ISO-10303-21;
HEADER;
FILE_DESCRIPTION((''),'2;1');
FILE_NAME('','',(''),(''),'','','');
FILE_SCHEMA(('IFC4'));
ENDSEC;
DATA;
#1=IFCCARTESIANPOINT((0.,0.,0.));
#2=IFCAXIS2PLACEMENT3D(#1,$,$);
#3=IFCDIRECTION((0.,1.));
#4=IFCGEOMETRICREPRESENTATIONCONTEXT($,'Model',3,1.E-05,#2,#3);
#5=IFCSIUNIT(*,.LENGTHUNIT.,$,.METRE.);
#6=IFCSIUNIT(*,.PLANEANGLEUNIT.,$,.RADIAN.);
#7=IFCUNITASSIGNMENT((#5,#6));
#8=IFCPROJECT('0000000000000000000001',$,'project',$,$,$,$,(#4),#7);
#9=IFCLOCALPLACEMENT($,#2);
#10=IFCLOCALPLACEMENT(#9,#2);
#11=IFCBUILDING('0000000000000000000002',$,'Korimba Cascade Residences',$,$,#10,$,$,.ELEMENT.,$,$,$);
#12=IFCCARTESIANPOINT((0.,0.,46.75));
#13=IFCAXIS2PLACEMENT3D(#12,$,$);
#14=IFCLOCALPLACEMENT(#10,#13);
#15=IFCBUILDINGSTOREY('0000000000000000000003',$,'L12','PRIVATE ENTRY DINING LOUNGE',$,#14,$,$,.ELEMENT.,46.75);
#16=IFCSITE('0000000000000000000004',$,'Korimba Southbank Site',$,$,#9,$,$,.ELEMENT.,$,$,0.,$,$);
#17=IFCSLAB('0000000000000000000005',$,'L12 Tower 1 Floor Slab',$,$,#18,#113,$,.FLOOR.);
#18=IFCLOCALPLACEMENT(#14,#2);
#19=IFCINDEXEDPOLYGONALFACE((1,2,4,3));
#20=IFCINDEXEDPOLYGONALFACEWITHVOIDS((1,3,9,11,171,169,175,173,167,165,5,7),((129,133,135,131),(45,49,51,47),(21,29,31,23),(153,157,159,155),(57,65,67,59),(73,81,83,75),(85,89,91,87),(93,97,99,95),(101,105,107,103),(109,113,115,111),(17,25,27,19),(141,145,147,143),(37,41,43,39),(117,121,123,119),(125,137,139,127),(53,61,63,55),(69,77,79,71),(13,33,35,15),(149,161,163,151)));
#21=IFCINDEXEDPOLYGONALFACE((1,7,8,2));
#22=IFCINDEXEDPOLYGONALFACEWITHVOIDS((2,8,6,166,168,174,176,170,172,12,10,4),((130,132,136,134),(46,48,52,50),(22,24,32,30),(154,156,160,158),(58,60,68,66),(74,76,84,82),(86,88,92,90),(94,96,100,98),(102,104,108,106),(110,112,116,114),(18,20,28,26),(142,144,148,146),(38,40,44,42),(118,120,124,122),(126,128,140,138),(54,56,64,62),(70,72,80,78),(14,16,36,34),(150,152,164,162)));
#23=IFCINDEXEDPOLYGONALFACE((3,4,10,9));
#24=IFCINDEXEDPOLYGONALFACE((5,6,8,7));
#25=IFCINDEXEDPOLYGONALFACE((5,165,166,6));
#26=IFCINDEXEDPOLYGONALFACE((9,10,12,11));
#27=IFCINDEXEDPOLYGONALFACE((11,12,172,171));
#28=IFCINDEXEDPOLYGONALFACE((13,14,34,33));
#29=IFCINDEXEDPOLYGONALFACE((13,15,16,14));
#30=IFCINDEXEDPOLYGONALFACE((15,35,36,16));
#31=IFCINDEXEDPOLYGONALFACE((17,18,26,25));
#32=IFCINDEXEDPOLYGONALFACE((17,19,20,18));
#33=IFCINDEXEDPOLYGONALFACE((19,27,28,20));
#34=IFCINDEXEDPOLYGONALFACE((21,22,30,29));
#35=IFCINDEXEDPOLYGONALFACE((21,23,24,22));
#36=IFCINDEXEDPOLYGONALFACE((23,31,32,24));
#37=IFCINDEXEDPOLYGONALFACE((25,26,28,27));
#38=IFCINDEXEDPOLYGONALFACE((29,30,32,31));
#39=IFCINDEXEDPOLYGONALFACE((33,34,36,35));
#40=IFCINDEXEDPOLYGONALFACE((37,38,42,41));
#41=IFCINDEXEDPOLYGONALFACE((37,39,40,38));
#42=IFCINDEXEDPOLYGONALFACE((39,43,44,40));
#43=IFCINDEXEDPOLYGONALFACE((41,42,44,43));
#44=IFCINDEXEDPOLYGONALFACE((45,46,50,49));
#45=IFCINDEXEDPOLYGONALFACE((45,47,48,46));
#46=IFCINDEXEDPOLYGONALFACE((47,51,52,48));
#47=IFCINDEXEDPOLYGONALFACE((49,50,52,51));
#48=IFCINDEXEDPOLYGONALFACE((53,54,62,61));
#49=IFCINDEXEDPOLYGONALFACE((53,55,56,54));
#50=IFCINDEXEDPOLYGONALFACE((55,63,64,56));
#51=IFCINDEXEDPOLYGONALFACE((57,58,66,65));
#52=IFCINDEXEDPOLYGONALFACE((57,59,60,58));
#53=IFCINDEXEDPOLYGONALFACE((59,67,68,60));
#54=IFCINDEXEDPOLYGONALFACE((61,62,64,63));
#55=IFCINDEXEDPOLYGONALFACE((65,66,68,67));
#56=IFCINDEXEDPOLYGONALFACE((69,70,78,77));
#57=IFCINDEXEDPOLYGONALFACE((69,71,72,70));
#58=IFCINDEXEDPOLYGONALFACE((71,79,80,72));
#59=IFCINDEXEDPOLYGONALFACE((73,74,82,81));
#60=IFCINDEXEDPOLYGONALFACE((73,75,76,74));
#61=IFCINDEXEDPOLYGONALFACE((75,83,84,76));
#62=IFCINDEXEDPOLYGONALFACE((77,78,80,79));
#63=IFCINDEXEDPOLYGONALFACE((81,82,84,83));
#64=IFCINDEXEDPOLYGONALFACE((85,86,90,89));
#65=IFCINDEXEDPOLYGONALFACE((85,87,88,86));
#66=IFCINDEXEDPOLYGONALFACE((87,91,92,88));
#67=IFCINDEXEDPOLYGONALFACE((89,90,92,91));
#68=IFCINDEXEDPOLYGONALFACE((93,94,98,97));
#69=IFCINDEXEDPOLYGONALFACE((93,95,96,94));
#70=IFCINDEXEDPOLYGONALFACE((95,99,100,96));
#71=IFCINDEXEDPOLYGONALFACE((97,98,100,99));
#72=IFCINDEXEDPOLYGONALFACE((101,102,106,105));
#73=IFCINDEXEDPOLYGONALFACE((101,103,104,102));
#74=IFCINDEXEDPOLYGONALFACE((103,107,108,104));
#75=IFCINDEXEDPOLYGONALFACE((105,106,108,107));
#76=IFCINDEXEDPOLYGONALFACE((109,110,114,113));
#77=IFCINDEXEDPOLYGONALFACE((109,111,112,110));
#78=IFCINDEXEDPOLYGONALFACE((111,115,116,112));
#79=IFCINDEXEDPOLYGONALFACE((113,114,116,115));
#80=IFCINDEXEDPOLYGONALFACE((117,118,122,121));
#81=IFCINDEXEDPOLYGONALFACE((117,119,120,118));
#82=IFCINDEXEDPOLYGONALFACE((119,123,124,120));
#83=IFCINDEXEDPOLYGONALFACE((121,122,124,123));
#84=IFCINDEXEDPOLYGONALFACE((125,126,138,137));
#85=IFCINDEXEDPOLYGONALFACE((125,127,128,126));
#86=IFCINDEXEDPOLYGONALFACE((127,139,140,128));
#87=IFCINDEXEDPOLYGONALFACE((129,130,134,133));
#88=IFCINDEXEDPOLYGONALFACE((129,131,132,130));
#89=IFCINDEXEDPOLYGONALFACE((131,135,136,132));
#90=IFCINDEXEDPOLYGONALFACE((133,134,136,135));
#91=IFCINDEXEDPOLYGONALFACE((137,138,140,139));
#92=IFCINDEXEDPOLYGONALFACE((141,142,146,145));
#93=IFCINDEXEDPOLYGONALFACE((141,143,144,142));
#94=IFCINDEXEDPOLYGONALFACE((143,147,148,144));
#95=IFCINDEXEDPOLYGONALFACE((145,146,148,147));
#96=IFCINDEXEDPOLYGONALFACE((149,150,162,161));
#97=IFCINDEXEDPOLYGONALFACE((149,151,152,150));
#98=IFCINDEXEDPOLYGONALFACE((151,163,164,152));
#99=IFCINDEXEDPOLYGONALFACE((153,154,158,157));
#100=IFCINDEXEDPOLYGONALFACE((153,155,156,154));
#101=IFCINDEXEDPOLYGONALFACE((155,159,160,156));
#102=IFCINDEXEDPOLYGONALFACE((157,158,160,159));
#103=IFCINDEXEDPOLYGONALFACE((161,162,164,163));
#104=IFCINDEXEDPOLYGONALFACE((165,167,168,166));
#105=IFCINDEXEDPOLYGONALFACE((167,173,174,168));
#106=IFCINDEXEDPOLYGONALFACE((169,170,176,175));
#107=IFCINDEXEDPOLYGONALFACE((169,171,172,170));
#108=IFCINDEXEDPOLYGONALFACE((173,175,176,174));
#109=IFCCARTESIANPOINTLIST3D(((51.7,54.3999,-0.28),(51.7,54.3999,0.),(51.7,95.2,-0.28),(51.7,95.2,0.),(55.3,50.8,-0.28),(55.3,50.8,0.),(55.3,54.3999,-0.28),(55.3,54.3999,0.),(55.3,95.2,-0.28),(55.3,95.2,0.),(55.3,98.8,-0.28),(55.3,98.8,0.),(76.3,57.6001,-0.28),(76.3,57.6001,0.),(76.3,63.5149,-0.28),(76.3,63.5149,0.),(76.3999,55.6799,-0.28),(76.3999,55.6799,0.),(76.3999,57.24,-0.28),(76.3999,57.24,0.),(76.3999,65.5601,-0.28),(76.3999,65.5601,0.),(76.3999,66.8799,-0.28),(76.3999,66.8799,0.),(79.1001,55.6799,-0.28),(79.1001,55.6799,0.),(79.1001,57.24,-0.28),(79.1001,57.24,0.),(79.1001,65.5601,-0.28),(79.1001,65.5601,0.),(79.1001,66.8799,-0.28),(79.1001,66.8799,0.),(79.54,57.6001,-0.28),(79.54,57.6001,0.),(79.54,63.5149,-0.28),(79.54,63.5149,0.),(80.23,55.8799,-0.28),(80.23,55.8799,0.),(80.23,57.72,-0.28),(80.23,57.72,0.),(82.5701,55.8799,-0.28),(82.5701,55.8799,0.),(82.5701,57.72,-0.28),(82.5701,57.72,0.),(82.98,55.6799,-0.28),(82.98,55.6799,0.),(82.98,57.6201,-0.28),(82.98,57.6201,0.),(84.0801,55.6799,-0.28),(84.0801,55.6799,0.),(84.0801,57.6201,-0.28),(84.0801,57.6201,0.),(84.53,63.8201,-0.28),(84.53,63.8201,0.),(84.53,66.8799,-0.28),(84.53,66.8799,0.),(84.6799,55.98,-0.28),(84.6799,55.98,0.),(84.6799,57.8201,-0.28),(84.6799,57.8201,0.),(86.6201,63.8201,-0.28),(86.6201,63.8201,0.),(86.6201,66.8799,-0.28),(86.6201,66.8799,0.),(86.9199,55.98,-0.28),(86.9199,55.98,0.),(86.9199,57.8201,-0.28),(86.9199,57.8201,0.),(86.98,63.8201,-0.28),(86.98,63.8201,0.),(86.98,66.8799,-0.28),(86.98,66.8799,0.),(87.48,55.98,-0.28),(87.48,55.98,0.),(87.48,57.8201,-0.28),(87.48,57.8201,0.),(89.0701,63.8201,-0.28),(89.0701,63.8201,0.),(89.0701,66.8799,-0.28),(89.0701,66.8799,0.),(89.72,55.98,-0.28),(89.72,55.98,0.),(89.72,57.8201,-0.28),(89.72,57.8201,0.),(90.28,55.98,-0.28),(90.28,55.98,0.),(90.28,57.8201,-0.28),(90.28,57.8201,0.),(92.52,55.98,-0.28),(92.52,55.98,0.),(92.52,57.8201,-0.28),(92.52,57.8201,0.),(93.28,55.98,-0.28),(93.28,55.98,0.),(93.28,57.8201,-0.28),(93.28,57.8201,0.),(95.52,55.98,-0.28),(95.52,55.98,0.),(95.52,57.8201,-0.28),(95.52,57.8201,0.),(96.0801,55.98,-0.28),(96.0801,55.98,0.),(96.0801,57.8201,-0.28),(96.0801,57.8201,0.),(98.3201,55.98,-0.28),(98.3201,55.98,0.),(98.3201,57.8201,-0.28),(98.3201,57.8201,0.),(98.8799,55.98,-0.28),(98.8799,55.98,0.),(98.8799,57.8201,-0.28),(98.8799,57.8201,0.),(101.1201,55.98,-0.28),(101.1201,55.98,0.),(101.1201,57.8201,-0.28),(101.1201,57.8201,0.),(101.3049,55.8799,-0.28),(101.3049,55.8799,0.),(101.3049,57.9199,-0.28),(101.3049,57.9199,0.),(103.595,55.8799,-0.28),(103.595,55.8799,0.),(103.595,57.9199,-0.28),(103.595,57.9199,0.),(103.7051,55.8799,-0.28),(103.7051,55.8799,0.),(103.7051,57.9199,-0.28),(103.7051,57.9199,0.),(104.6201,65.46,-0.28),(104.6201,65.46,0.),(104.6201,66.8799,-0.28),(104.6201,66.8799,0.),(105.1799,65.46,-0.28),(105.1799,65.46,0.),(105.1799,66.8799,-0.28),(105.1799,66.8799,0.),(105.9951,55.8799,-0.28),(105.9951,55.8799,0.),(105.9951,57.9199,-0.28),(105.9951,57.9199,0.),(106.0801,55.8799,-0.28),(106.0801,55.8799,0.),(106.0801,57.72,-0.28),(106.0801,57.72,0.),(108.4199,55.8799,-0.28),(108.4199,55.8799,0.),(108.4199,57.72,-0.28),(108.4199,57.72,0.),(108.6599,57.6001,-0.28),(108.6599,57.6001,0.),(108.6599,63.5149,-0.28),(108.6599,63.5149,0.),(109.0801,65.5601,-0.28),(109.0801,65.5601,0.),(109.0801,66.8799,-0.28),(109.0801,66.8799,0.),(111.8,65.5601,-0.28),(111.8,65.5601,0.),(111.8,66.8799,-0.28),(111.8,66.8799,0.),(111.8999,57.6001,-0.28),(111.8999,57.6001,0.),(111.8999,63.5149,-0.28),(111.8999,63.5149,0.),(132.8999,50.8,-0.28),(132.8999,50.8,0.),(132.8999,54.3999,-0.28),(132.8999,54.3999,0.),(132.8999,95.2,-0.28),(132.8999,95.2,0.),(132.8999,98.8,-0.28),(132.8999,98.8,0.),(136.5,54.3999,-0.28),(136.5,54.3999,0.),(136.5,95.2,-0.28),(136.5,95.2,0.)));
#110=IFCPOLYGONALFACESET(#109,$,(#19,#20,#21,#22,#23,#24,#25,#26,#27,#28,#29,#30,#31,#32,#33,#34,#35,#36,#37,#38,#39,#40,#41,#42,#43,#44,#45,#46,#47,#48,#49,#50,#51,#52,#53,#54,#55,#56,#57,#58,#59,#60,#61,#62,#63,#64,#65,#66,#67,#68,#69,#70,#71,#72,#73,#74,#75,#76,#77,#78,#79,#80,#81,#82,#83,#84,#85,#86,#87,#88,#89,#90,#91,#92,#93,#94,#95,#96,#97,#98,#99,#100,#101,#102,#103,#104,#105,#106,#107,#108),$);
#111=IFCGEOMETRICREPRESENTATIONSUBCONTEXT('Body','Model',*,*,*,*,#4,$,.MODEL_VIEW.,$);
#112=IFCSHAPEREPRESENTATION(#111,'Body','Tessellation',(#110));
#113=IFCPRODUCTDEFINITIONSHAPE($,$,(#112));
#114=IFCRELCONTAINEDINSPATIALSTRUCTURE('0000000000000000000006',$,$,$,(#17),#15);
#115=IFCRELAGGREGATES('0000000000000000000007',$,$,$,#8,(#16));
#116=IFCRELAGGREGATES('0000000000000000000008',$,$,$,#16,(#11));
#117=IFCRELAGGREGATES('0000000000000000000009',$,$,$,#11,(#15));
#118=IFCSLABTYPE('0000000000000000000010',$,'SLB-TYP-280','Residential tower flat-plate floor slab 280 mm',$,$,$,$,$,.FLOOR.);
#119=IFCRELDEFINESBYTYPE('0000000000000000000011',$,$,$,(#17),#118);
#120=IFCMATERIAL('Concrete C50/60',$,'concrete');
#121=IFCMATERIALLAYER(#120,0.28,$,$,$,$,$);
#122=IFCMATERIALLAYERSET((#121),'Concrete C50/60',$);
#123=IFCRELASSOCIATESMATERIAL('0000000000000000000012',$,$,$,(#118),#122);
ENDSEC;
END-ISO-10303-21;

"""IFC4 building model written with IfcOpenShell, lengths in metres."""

from ifc_helpers import new_model, si_unit, direction, frame, origin, place, context, subcontext, project, spatial, polyline, outline, extrude, material, layer, layer_set, type_object, element, save


model = new_model("IFC4")

# Units and contexts
model_context = context("Model", 3, precision=1e-05, world=origin(), true_north=direction((0.0, 1.0)))
body_context = subcontext(model_context, "Body", "Model", "MODEL_VIEW")
ifc_project = project(units=[si_unit("LENGTHUNIT", "METRE"), si_unit("PLANEANGLEUNIT", "RADIAN")], contexts=[model_context])

# Site, building, storey
site_placement = place(None, origin())
site = spatial("IfcSite", under=ifc_project, at=site_placement, Name="Korimba Southbank Site", CompositionType="ELEMENT", RefElevation=0.0)
building_placement = place(site_placement, origin())
building = spatial("IfcBuilding", under=site, at=building_placement, Name="Korimba Cascade Residences", CompositionType="ELEMENT")
storey_placement = place(building_placement, frame((0.0, 0.0, 46.75)))
storey = spatial("IfcBuildingStorey", under=building, at=storey_placement, Name="L12", Description="PRIVATE ENTRY DINING LOUNGE", CompositionType="ELEMENT", Elevation=46.75)

# Shared definitions
ifc_material_1 = material(Name="Concrete C50/60", Category="concrete")

# Slab
ifc_layer_1 = layer(ifc_material_1, 0.28)
ifc_layer_set_1 = layer_set([ifc_layer_1], Name="Concrete C50/60")
slab_type_1 = type_object("IfcSlabType", Name="SLB-TYP-280", Description="Residential tower flat-plate floor slab 280 mm", PredefinedType="FLOOR", material=ifc_layer_set_1)
slab_1_placement = place(storey_placement, frame((0.0, 0.0, -0.28)))
element("IfcSlab", 1, at=slab_1_placement, inside=storey, type_object=slab_type_1, Name="L12 Tower 1 Floor Slab", PredefinedType="FLOOR", context=body_context, shape_type="SweptSolid", body=[
    extrude(outline(polyline([(55.3, 50.8), (132.8999, 50.8), (132.8999, 54.3999), (136.5, 54.3999), (136.5, 95.2), (132.8999, 95.2), (132.8999, 98.8), (55.3, 98.8), (55.3, 95.2), (51.7, 95.2), (51.7, 54.3999), (55.3, 54.3999), (55.3, 50.8)]), holes=[polyline([(76.3, 63.5149), (76.3, 57.6001), (79.54, 57.6001), (79.54, 63.5149), (76.3, 63.5149)]), polyline([(108.6599, 63.5149), (108.6599, 57.6001), (111.8999, 57.6001), (111.8999, 63.5149), (108.6599, 63.5149)]), polyline([(80.23, 55.8799), (82.5701, 55.8799), (82.5701, 57.72), (80.23, 57.72), (80.23, 55.8799)]), polyline([(106.0801, 55.8799), (108.4199, 55.8799), (108.4199, 57.72), (106.0801, 57.72), (106.0801, 55.8799)]), polyline([(84.6799, 55.98), (86.9199, 55.98), (86.9199, 57.8201), (84.6799, 57.8201), (84.6799, 55.98)]), polyline([(87.48, 55.98), (89.72, 55.98), (89.72, 57.8201), (87.48, 57.8201), (87.48, 55.98)]), polyline([(90.28, 55.98), (92.52, 55.98), (92.52, 57.8201), (90.28, 57.8201), (90.28, 55.98)]), polyline([(93.28, 55.98), (95.52, 55.98), (95.52, 57.8201), (93.28, 57.8201), (93.28, 55.98)]), polyline([(96.0801, 55.98), (98.3201, 55.98), (98.3201, 57.8201), (96.0801, 57.8201), (96.0801, 55.98)]), polyline([(98.8799, 55.98), (101.1201, 55.98), (101.1201, 57.8201), (98.8799, 57.8201), (98.8799, 55.98)]), polyline([(101.3049, 55.8799), (103.595, 55.8799), (103.595, 57.9199), (101.3049, 57.9199), (101.3049, 55.8799)]), polyline([(103.7051, 55.8799), (105.9951, 55.8799), (105.9951, 57.9199), (103.7051, 57.9199), (103.7051, 55.8799)]), polyline([(82.98, 55.6799), (84.0801, 55.6799), (84.0801, 57.6201), (82.98, 57.6201), (82.98, 55.6799)]), polyline([(76.3999, 65.5601), (79.1001, 65.5601), (79.1001, 66.8799), (76.3999, 66.8799), (76.3999, 65.5601)]), polyline([(76.3999, 55.6799), (79.1001, 55.6799), (79.1001, 57.24), (76.3999, 57.24), (76.3999, 55.6799)]), polyline([(84.53, 63.8201), (86.6201, 63.8201), (86.6201, 66.8799), (84.53, 66.8799), (84.53, 63.8201)]), polyline([(86.98, 63.8201), (89.0701, 63.8201), (89.0701, 66.8799), (86.98, 66.8799), (86.98, 63.8201)]), polyline([(104.6201, 65.46), (105.1799, 65.46), (105.1799, 66.8799), (104.6201, 66.8799), (104.6201, 65.46)]), polyline([(109.0801, 65.5601), (111.8, 65.5601), (111.8, 66.8799), (109.0801, 66.8799), (109.0801, 65.5601)])]), origin(), (0.0, 0.0, 1.0), 0.28),
])

save(model, "model.ifc")
